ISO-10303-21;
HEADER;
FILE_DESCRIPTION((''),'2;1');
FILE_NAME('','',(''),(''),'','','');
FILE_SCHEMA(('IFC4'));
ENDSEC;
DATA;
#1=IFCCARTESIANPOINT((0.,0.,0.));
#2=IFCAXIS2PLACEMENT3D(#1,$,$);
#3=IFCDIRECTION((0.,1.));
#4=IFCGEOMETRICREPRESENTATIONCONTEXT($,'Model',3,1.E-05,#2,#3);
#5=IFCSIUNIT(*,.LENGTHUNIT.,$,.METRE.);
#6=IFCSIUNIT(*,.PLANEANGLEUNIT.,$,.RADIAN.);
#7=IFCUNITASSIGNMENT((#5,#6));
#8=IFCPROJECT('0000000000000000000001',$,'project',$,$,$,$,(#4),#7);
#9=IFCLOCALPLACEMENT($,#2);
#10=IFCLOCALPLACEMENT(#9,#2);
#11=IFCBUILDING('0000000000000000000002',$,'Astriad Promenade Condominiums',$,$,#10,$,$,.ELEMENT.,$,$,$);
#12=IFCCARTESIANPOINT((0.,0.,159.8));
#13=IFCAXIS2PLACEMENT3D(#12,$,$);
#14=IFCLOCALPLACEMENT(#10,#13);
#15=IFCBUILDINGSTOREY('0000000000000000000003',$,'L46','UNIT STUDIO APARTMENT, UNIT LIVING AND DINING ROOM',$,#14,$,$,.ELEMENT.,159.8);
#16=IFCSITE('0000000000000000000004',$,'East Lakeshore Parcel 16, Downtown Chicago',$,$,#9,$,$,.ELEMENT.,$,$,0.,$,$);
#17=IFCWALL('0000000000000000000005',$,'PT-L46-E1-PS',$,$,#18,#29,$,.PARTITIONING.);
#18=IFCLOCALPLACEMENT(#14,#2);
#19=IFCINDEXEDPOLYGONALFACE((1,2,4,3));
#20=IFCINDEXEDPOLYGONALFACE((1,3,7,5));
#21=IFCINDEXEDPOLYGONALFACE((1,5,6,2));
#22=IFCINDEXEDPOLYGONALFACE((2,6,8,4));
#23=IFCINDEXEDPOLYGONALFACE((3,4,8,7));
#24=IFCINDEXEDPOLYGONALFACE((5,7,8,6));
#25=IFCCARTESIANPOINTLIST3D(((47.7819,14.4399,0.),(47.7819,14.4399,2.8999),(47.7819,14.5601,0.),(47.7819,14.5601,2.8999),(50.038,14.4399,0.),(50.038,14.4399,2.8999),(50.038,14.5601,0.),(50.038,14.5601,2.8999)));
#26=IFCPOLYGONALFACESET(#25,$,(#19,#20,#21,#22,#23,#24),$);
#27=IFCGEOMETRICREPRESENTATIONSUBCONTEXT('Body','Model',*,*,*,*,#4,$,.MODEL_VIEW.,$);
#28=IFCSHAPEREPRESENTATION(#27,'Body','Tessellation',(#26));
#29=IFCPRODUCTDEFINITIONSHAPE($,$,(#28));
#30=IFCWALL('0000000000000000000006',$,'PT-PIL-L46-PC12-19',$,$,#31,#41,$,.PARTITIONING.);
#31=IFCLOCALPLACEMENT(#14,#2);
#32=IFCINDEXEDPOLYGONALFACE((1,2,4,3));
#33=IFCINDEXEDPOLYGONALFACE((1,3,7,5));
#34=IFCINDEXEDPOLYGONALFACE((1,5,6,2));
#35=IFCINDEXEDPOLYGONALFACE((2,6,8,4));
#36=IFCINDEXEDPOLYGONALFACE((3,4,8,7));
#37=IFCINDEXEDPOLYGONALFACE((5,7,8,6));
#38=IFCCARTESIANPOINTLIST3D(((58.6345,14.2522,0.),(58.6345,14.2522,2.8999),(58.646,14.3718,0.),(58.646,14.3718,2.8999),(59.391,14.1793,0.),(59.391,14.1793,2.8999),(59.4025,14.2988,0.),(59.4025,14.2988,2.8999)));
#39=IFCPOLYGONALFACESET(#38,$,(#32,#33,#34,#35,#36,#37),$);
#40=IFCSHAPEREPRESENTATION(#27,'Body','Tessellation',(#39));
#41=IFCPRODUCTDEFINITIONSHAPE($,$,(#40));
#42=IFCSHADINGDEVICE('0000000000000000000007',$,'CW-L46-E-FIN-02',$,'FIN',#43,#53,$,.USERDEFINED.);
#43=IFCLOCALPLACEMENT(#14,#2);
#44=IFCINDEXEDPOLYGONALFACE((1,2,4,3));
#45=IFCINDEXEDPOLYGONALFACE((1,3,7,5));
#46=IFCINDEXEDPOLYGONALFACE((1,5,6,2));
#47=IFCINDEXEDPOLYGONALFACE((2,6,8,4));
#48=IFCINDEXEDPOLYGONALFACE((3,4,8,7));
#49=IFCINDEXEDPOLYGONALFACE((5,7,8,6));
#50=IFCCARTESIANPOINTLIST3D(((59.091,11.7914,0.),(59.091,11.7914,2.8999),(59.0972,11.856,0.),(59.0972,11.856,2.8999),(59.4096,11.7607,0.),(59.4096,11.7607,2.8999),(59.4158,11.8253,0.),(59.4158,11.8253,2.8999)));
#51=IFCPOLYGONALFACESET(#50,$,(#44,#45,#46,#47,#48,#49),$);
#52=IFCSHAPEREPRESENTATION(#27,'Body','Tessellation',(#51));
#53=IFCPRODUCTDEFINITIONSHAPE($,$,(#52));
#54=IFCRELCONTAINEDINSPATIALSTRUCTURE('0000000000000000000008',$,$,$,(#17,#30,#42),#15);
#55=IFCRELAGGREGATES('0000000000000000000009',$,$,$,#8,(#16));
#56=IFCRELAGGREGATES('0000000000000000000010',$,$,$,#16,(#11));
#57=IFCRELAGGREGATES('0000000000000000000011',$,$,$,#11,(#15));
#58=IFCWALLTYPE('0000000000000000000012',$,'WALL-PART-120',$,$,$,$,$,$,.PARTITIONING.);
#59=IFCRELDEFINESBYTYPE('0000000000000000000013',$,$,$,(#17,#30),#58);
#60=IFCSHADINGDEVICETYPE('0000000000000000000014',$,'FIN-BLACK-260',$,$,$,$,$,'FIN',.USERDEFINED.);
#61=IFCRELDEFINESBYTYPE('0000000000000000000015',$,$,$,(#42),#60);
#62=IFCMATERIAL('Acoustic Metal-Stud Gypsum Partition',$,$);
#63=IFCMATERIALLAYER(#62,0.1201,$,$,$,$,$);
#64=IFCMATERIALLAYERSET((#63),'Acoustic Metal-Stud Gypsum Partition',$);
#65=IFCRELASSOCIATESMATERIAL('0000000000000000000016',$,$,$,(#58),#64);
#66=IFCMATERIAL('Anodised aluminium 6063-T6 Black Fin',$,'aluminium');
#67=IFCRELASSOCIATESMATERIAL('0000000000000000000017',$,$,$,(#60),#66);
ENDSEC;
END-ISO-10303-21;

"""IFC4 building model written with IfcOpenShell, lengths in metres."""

from ifc_helpers import new_model, si_unit, direction, frame, frame_2d, origin, origin_2d, place, context, subcontext, project, spatial, rectangle, extrude, source, transform, mapped, material, layer, layer_set, type_object, type_shapes, element, save


model = new_model("IFC4")

# Units and contexts
model_context = context("Model", 3, precision=1e-05, world=origin(), true_north=direction((0.0, 1.0)))
body_context = subcontext(model_context, "Body", "Model", "MODEL_VIEW")
ifc_project = project(units=[si_unit("LENGTHUNIT", "METRE"), si_unit("PLANEANGLEUNIT", "RADIAN")], contexts=[model_context])

# Site, building, storey
site_placement = place(None, origin())
site = spatial("IfcSite", under=ifc_project, at=site_placement, Name="East Lakeshore Parcel 16, Downtown Chicago", CompositionType="ELEMENT", RefElevation=0.0)
building_placement = place(site_placement, origin())
building = spatial("IfcBuilding", under=site, at=building_placement, Name="Astriad Promenade Condominiums", CompositionType="ELEMENT")
storey_placement = place(building_placement, frame((0.0, 0.0, 159.8)))
storey = spatial("IfcBuildingStorey", under=building, at=storey_placement, Name="L46", Description="UNIT STUDIO APARTMENT, UNIT LIVING AND DINING ROOM", CompositionType="ELEMENT", Elevation=159.8)

# Shared definitions
ifc_material_1 = material(Name="Acoustic Metal-Stud Gypsum Partition")
ifc_layer_1 = layer(ifc_material_1, 0.1201)
ifc_layer_set_1 = layer_set([ifc_layer_1], Name="Acoustic Metal-Stud Gypsum Partition")
wall_type_1 = type_object("IfcWallType", Name="WALL-PART-120", PredefinedType="PARTITIONING", material=ifc_layer_set_1)

# Walls
wall_1_placement = place(storey_placement, frame((47.782, 14.5, 0.0), z_axis=(0.0, 0.0, 1.0), x_axis=(1.0, 0.0, 0.0)))
element("IfcWall", 1, at=wall_1_placement, inside=storey, type_object=wall_type_1, Name="PT-L46-E1-PS", PredefinedType="PARTITIONING", context=body_context, shape_type="SweptSolid", body=[
    extrude(rectangle(XDim=2.2561, YDim=0.1201, at=frame_2d((1.1279, 0.0))), origin(), (0.0, 0.0, 1.0), 2.8999),
])
wall_2_placement = place(storey_placement, frame((58.6404, 14.312, 0.0), z_axis=(0.0, 0.0, 1.0), x_axis=(0.995378, -0.096037, 0.0)))
element("IfcWall", 2, at=wall_2_placement, inside=storey, type_object=wall_type_1, Name="PT-PIL-L46-PC12-19", PredefinedType="PARTITIONING", context=body_context, shape_type="SweptSolid", body=[
    extrude(rectangle(XDim=0.76, YDim=0.1201, at=frame_2d((0.3799, 0.0))), origin(), (0.0, 0.0, 1.0), 2.8999),
])

# Shading device
ifc_material_2 = material(Name="Anodised aluminium 6063-T6 Black Fin", Category="aluminium")
shading_device_type = type_object("IfcShadingDeviceType", Name="FIN-BLACK-260", ElementType="FIN", PredefinedType="USERDEFINED", material=ifc_material_2)
shared_shape_1 = source(origin(), body_context, "Body", "SweptSolid", [
    extrude(rectangle(XDim=0.0649, YDim=0.3201, at=origin_2d()), origin(), (0.0, 0.0, 1.0), 2.8999),
])
type_shapes(shading_device_type, [shared_shape_1])
shading_device_placement = place(storey_placement, frame((59.2534, 11.8083, 0.0), z_axis=(0.0, 0.0, 1.0), x_axis=(-0.095846, -0.995396, 0.0)))
element("IfcShadingDevice", 3, at=shading_device_placement, inside=storey, type_object=shading_device_type, Name="CW-L46-E-FIN-02", ObjectType="FIN", PredefinedType="USERDEFINED", context=body_context, shape_type="MappedRepresentation", body=[
    mapped(shared_shape_1, transform((0.0, 0.0, 0.0), scale=1.0)),
])

save(model, "model.ifc")
